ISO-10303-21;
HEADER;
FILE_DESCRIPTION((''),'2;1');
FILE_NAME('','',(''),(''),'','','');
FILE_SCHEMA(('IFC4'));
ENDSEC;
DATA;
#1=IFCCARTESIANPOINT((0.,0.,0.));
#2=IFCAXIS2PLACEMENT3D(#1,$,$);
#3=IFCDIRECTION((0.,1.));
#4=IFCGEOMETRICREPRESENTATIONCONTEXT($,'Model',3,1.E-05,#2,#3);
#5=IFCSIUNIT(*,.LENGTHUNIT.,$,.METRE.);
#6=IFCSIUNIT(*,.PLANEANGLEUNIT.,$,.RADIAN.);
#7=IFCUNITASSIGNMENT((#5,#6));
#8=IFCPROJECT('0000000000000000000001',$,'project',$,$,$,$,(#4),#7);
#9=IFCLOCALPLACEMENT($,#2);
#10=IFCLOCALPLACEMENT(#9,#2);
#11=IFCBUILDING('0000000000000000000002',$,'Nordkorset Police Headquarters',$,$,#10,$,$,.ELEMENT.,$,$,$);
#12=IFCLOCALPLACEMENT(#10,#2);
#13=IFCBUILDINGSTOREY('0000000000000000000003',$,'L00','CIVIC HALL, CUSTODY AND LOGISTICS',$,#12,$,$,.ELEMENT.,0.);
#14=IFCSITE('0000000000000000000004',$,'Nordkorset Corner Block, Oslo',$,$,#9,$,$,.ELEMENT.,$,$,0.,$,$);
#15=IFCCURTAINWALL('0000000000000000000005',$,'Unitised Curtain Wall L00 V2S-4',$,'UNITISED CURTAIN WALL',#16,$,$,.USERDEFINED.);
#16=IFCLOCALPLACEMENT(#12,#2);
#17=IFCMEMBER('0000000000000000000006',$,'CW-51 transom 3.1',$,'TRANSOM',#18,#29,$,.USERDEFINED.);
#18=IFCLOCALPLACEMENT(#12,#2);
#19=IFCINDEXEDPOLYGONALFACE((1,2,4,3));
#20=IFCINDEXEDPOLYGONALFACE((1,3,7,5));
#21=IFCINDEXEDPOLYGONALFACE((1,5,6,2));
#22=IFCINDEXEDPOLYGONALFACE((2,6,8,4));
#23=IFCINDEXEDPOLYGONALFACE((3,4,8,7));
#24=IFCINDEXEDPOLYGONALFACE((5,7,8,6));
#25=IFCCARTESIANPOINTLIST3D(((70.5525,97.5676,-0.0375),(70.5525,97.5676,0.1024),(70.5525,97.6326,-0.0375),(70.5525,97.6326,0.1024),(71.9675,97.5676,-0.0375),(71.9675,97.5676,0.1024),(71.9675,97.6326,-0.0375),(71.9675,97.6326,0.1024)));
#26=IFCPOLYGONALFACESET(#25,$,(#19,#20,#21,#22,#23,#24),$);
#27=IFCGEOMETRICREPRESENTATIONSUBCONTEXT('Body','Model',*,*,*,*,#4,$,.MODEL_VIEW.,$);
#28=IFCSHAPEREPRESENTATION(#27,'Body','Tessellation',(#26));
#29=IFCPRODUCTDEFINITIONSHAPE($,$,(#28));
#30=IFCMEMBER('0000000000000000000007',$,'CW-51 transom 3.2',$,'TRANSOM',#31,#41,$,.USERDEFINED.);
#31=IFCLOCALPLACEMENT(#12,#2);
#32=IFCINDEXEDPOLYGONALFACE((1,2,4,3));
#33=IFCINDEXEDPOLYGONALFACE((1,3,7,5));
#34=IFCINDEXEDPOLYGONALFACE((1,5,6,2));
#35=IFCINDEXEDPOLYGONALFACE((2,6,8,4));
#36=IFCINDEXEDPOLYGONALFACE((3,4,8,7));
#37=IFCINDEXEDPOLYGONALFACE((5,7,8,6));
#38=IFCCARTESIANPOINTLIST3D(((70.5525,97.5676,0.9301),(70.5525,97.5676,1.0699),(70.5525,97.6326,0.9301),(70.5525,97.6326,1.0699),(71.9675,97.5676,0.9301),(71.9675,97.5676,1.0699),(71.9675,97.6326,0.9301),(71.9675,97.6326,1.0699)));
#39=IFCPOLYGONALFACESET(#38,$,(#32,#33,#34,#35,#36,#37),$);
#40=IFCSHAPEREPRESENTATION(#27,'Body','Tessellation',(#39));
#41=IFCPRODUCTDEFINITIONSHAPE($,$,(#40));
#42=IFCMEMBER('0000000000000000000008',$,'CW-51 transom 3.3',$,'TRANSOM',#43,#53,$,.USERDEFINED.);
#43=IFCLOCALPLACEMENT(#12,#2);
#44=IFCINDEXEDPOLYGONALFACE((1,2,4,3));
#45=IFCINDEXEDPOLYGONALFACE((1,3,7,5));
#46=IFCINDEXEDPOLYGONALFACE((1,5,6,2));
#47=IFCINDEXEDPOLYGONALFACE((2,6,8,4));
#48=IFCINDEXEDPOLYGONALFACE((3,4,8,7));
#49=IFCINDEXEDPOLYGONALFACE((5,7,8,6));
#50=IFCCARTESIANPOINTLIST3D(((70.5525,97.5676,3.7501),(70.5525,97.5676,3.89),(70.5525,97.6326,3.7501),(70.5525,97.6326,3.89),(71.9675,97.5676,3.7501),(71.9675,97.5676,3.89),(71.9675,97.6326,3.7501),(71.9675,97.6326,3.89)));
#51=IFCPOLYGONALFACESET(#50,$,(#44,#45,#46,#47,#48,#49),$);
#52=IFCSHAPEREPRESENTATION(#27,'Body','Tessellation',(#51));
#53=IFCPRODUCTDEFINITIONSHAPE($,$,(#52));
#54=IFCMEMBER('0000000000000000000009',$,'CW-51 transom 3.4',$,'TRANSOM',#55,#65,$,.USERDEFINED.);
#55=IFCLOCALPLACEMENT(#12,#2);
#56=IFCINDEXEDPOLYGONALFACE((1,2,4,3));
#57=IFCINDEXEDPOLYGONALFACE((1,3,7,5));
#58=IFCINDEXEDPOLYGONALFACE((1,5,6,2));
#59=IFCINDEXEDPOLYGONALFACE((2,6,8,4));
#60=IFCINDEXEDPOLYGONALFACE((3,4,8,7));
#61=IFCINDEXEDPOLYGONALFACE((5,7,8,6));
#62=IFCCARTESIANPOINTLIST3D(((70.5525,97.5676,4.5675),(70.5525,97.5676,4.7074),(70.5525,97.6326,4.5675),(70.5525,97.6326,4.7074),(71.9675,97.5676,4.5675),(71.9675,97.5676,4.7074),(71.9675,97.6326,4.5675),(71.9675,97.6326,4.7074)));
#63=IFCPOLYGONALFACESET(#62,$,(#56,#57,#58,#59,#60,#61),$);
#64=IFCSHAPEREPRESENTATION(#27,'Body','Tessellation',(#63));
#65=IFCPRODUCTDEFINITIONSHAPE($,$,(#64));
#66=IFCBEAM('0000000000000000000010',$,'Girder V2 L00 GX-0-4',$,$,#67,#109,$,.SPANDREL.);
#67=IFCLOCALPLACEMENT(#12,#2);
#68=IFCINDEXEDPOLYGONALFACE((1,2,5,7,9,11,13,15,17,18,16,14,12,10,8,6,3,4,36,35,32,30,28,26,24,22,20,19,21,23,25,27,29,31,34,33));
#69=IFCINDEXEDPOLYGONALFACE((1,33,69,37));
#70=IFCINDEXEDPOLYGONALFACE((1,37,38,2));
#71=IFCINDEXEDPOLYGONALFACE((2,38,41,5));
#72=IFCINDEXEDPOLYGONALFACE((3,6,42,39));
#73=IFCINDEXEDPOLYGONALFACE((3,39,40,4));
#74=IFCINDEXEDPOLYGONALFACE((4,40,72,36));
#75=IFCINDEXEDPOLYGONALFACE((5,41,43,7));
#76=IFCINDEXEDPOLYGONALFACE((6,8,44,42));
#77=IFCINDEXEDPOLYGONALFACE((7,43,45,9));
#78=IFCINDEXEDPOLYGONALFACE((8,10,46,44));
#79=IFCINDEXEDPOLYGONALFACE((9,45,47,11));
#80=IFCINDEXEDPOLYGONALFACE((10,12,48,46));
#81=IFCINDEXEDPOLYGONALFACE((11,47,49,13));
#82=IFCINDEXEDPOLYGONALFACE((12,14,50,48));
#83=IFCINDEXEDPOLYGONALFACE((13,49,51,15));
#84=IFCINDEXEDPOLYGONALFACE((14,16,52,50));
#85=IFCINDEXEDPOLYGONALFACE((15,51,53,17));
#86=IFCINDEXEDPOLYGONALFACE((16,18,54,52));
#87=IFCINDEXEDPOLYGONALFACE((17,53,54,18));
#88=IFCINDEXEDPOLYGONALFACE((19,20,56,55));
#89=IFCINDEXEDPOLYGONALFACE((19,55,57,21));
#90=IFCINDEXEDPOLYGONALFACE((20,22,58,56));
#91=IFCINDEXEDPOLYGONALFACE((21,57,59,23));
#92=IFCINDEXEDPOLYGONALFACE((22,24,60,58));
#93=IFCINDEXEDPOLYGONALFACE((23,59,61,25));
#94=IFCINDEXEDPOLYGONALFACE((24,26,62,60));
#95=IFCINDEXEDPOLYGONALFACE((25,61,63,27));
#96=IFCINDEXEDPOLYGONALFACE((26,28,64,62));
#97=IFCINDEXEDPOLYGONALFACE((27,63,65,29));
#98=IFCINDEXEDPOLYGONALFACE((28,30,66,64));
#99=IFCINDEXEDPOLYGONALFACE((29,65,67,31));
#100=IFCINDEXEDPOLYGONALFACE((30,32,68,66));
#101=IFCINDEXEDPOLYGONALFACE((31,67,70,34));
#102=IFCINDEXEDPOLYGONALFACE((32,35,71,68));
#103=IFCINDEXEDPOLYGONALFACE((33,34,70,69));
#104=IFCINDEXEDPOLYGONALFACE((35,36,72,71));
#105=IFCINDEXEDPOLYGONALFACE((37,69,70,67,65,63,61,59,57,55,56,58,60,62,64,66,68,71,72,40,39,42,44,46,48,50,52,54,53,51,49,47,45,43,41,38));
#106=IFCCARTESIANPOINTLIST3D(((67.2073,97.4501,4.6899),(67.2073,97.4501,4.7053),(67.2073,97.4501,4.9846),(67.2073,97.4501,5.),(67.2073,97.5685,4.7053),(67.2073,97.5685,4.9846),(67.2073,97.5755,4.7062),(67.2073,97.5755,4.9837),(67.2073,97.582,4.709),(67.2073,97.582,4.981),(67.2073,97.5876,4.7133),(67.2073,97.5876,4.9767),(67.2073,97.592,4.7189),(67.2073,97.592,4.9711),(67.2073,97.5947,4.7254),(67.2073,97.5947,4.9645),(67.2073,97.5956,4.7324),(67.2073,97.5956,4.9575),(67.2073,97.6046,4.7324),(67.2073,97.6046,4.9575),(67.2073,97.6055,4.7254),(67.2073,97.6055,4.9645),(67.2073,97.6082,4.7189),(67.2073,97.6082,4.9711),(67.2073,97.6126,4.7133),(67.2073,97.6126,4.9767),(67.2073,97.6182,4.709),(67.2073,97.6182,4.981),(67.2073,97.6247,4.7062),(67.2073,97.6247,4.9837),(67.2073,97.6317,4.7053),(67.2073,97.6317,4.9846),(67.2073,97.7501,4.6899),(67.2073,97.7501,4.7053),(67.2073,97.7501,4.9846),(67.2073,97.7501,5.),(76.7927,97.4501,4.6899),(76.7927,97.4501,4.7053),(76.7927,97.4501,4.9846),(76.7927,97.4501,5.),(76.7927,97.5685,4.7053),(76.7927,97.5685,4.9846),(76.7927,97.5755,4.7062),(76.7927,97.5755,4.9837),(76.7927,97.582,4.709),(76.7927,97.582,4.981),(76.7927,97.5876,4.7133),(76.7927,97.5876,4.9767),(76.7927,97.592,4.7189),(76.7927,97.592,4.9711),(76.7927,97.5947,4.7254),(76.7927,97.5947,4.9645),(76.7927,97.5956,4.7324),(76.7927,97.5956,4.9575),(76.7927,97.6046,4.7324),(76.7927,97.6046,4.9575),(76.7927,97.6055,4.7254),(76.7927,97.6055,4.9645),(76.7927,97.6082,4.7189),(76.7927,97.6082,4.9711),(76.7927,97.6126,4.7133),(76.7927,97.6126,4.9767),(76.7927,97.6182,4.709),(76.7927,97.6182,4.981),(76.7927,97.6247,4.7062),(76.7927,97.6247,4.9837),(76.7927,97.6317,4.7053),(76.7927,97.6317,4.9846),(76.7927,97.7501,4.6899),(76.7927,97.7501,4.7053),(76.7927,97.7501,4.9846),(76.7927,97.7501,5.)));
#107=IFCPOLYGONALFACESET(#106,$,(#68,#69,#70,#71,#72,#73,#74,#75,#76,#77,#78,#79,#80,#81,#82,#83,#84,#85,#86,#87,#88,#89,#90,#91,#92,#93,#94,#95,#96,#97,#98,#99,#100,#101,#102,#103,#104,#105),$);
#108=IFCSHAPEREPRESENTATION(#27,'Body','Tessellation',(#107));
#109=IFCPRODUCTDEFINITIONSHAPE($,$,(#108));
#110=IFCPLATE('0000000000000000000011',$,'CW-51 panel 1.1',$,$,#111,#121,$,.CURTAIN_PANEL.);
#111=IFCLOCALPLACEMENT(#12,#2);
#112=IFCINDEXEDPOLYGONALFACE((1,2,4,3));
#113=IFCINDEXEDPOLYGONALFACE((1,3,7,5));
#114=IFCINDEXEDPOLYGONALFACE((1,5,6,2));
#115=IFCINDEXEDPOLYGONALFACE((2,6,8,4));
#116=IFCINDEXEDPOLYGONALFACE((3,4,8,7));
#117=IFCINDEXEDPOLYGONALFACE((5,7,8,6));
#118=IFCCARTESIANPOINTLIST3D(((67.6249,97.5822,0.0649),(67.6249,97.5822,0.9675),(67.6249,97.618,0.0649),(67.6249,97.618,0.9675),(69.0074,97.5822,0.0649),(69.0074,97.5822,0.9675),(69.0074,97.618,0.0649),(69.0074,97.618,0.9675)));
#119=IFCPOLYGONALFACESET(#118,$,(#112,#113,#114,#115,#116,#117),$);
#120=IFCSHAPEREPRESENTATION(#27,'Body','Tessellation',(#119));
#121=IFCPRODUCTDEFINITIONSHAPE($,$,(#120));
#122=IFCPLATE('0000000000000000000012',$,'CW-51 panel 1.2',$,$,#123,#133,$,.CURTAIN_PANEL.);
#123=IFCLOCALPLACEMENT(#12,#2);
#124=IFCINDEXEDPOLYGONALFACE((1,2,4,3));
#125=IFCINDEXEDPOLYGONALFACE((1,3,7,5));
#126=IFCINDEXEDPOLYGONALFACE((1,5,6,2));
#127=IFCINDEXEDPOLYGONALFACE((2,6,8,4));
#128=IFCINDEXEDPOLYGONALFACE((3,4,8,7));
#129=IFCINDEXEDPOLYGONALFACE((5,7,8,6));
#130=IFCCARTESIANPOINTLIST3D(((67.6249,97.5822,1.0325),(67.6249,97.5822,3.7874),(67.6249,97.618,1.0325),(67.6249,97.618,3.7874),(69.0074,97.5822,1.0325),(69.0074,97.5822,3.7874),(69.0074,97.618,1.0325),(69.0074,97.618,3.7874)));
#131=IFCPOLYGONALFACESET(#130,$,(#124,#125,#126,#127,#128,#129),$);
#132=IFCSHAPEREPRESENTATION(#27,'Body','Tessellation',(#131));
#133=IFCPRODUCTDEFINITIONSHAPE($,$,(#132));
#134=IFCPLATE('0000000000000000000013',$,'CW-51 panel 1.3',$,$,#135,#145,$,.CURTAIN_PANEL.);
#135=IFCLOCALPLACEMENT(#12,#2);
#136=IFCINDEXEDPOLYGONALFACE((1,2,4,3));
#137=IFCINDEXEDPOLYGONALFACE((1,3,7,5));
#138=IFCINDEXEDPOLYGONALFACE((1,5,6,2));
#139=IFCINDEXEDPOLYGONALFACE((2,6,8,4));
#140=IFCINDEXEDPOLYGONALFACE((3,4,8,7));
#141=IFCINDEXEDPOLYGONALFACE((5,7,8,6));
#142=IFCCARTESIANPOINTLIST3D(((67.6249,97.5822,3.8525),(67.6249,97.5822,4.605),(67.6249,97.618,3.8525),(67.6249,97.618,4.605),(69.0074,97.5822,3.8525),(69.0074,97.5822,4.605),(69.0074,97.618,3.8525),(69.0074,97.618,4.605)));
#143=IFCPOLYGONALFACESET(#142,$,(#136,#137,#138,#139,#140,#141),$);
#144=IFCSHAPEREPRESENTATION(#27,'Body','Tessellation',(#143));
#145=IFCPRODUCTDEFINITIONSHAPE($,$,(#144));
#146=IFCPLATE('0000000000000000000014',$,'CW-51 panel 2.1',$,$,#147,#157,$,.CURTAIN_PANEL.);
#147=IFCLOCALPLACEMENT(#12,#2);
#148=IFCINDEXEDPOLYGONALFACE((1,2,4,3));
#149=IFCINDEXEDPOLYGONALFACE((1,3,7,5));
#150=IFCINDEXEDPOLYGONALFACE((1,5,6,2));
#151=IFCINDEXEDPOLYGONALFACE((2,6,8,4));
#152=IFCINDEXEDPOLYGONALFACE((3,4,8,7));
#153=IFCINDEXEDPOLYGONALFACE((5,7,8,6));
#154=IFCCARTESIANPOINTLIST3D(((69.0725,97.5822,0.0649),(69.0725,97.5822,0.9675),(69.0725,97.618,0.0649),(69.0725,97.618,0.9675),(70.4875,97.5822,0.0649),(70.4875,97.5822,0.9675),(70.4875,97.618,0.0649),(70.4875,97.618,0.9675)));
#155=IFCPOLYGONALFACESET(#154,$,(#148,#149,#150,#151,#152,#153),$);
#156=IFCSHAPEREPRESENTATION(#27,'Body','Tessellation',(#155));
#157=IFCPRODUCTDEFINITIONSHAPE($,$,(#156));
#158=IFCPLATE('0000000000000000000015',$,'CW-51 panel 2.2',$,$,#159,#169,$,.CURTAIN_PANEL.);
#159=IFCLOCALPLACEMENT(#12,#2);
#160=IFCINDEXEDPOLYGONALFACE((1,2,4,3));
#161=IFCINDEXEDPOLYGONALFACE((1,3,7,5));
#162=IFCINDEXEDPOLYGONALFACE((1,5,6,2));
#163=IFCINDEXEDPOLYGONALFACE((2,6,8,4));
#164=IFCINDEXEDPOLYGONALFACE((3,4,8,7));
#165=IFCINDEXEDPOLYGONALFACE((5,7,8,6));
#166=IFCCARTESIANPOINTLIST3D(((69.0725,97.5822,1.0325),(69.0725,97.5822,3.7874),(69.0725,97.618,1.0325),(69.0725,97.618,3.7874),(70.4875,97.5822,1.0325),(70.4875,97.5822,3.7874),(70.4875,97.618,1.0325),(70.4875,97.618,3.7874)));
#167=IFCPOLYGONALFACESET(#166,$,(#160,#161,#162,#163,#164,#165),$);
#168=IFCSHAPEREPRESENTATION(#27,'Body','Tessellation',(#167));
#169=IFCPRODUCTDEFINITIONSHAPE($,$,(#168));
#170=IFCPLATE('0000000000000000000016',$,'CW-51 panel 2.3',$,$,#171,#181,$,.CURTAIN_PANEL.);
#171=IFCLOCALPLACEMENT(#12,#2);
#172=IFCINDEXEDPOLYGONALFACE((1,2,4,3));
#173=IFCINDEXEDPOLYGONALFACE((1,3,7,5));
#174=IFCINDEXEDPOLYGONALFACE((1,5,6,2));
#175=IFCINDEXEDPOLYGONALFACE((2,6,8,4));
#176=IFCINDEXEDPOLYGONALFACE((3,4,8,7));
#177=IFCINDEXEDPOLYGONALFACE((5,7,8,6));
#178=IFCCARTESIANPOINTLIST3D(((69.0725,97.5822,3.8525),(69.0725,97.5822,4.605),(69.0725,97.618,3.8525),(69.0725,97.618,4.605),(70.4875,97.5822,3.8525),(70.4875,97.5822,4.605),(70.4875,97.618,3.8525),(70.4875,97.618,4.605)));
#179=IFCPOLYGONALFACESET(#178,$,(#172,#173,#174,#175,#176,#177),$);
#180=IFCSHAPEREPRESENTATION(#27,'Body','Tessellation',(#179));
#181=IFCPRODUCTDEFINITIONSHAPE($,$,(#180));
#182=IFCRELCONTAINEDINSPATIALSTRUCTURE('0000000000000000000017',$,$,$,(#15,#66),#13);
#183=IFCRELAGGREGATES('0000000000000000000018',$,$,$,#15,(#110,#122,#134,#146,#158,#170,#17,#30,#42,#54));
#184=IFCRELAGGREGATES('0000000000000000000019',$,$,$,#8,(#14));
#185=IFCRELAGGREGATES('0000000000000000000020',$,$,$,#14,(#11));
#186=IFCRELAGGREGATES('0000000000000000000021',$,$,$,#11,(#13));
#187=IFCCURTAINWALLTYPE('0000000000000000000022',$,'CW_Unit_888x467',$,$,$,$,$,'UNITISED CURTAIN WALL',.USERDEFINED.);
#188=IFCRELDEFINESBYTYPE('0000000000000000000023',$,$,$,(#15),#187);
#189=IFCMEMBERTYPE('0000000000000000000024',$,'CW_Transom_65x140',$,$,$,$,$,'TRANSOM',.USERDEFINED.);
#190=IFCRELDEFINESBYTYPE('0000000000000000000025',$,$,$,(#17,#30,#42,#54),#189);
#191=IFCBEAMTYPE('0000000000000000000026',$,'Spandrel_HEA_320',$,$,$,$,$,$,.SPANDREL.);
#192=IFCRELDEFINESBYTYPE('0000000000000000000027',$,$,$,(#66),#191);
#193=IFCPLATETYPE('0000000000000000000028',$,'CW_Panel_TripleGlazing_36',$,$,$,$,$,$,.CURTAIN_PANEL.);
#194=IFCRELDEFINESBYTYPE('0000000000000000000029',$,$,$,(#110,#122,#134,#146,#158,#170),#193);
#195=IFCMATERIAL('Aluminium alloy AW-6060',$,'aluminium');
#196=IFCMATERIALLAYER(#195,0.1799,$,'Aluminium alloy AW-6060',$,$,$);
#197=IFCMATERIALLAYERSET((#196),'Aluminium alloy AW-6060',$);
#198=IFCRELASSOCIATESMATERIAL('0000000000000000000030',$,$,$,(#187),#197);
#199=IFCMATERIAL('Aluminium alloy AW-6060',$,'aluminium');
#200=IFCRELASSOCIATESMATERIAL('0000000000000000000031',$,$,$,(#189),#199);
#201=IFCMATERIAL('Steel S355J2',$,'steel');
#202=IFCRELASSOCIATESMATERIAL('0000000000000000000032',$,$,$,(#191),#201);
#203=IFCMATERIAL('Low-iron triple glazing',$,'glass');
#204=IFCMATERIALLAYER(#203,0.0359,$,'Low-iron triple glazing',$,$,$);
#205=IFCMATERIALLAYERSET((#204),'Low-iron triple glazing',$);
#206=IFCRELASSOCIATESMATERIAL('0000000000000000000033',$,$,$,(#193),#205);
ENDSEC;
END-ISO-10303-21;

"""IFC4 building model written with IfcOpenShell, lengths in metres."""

from ifc_helpers import new_model, si_unit, direction, frame, origin, origin_2d, place, context, subcontext, project, spatial, rectangle, i_section, extrude, material, layer, layer_set, material_profile, profile_set, type_object, element, aggregate, save


model = new_model("IFC4")

# Units and contexts
model_context = context("Model", 3, precision=1e-05, world=origin(), true_north=direction((0.0, 1.0)))
body_context = subcontext(model_context, "Body", "Model", "MODEL_VIEW")
ifc_project = project(units=[si_unit("LENGTHUNIT", "METRE"), si_unit("PLANEANGLEUNIT", "RADIAN")], contexts=[model_context])

# Site, building, storey
site_placement = place(None, origin())
site = spatial("IfcSite", under=ifc_project, at=site_placement, Name="Nordkorset Corner Block, Oslo", CompositionType="ELEMENT", RefElevation=0.0)
building_placement = place(site_placement, origin())
building = spatial("IfcBuilding", under=site, at=building_placement, Name="Nordkorset Police Headquarters", CompositionType="ELEMENT")
storey_placement = place(building_placement, origin())
storey = spatial("IfcBuildingStorey", under=building, at=storey_placement, Name="L00", Description="CIVIC HALL, CUSTODY AND LOGISTICS", CompositionType="ELEMENT", Elevation=0.0)

# Curtain wall, members
ifc_material_1 = material(Name="Aluminium alloy AW-6060", Category="aluminium")
ifc_layer_1 = layer(ifc_material_1, 0.1799, Name="Aluminium alloy AW-6060")
ifc_layer_set_1 = layer_set([ifc_layer_1], Name="Aluminium alloy AW-6060")
curtain_wall_type = type_object("IfcCurtainWallType", Name="CW_Unit_888x467", ElementType="UNITISED CURTAIN WALL", PredefinedType="USERDEFINED", material=ifc_layer_set_1)
curtain_wall_placement = place(storey_placement, origin())
curtain_wall = element("IfcCurtainWall", 1, at=curtain_wall_placement, inside=storey, type_object=curtain_wall_type, Name="Unitised Curtain Wall L00 V2S-4", ObjectType="UNITISED CURTAIN WALL", PredefinedType="USERDEFINED")
ifc_material_2 = material(Name="Aluminium alloy AW-6060", Category="aluminium")
ifc_material_profile_1 = material_profile(ifc_material_2, rectangle(XDim=0.0649, YDim=0.1399, at=origin_2d()), Name="ALU TRAN 65x140")
ifc_profile_set_1 = profile_set([ifc_material_profile_1], Name="Aluminium alloy AW-6060")
member_type_1 = type_object("IfcMemberType", Name="CW_Transom_65x140", ElementType="TRANSOM", PredefinedType="USERDEFINED", material=ifc_profile_set_1)
member_1_placement = place(storey_placement, frame((70.5525, 97.6001, 0.0325), z_axis=(1.0, 0.0, 0.0), x_axis=(0.0, 1.0, 0.0)))
member_1 = element("IfcMember", 2, at=member_1_placement, type_object=member_type_1, Name="CW-51 transom 3.1", ObjectType="TRANSOM", PredefinedType="USERDEFINED", context=body_context, shape_type="SweptSolid", body=[
    extrude(rectangle(XDim=0.0649, YDim=0.1399, at=origin_2d()), origin(), (0.0, 0.0, 1.0), 1.415),
])
member_2_placement = place(storey_placement, frame((70.5525, 97.6001, 1.0), z_axis=(1.0, 0.0, 0.0), x_axis=(0.0, 1.0, 0.0)))
member_2 = element("IfcMember", 3, at=member_2_placement, type_object=member_type_1, Name="CW-51 transom 3.2", ObjectType="TRANSOM", PredefinedType="USERDEFINED", context=body_context, shape_type="SweptSolid", body=[
    extrude(rectangle(XDim=0.0649, YDim=0.1399, at=origin_2d()), origin(), (0.0, 0.0, 1.0), 1.415),
])
member_3_placement = place(storey_placement, frame((70.5525, 97.6001, 3.8201), z_axis=(1.0, 0.0, 0.0), x_axis=(0.0, 1.0, 0.0)))
member_3 = element("IfcMember", 4, at=member_3_placement, type_object=member_type_1, Name="CW-51 transom 3.3", ObjectType="TRANSOM", PredefinedType="USERDEFINED", context=body_context, shape_type="SweptSolid", body=[
    extrude(rectangle(XDim=0.0649, YDim=0.1399, at=origin_2d()), origin(), (0.0, 0.0, 1.0), 1.415),
])
member_4_placement = place(storey_placement, frame((70.5525, 97.6001, 4.6375), z_axis=(1.0, 0.0, 0.0), x_axis=(0.0, 1.0, 0.0)))
member_4 = element("IfcMember", 5, at=member_4_placement, type_object=member_type_1, Name="CW-51 transom 3.4", ObjectType="TRANSOM", PredefinedType="USERDEFINED", context=body_context, shape_type="SweptSolid", body=[
    extrude(rectangle(XDim=0.0649, YDim=0.1399, at=origin_2d()), origin(), (0.0, 0.0, 1.0), 1.415),
])

# Beam
ifc_material_3 = material(Name="Steel S355J2", Category="steel")
ifc_material_profile_2 = material_profile(ifc_material_3, i_section(OverallWidth=0.3, OverallDepth=0.3101, WebThickness=0.009, FlangeThickness=0.0154, FilletRadius=0.0271, at=origin_2d()), Name="HEA 320")
ifc_profile_set_2 = profile_set([ifc_material_profile_2], Name="Steel S355J2")
beam_type = type_object("IfcBeamType", Name="Spandrel_HEA_320", PredefinedType="SPANDREL", material=ifc_profile_set_2)
beam_placement = place(storey_placement, frame((67.2073, 97.6001, 4.845), z_axis=(1.0, 0.0, 0.0), x_axis=(0.0, 1.0, 0.0)))
element("IfcBeam", 6, at=beam_placement, inside=storey, type_object=beam_type, Name="Girder V2 L00 GX-0-4", PredefinedType="SPANDREL", context=body_context, shape_type="SweptSolid", body=[
    extrude(i_section(OverallWidth=0.3, OverallDepth=0.3101, WebThickness=0.009, FlangeThickness=0.0154, FilletRadius=0.0271, at=origin_2d()), origin(), (0.0, 0.0, 1.0), 9.5854),
])

# Plates
ifc_material_4 = material(Name="Low-iron triple glazing", Category="glass")
ifc_layer_2 = layer(ifc_material_4, 0.0359, Name="Low-iron triple glazing")
ifc_layer_set_2 = layer_set([ifc_layer_2], Name="Low-iron triple glazing")
plate_type = type_object("IfcPlateType", Name="CW_Panel_TripleGlazing_36", PredefinedType="CURTAIN_PANEL", material=ifc_layer_set_2)
plate_1_placement = place(storey_placement, frame((68.3162, 97.6001, 0.0649), z_axis=(0.0, 0.0, 1.0), x_axis=(1.0, 0.0, 0.0)))
plate_1 = element("IfcPlate", 7, at=plate_1_placement, type_object=plate_type, Name="CW-51 panel 1.1", PredefinedType="CURTAIN_PANEL", context=body_context, shape_type="SweptSolid", body=[
    extrude(rectangle(XDim=1.3826, YDim=0.0359, at=origin_2d()), origin(), (0.0, 0.0, 1.0), 0.9026),
])
plate_2_placement = place(storey_placement, frame((68.3162, 97.6001, 1.0325), z_axis=(0.0, 0.0, 1.0), x_axis=(1.0, 0.0, 0.0)))
plate_2 = element("IfcPlate", 8, at=plate_2_placement, type_object=plate_type, Name="CW-51 panel 1.2", PredefinedType="CURTAIN_PANEL", context=body_context, shape_type="SweptSolid", body=[
    extrude(rectangle(XDim=1.3826, YDim=0.0359, at=origin_2d()), origin(), (0.0, 0.0, 1.0), 2.7549),
])
plate_3_placement = place(storey_placement, frame((68.3162, 97.6001, 3.8525), z_axis=(0.0, 0.0, 1.0), x_axis=(1.0, 0.0, 0.0)))
plate_3 = element("IfcPlate", 9, at=plate_3_placement, type_object=plate_type, Name="CW-51 panel 1.3", PredefinedType="CURTAIN_PANEL", context=body_context, shape_type="SweptSolid", body=[
    extrude(rectangle(XDim=1.3826, YDim=0.0359, at=origin_2d()), origin(), (0.0, 0.0, 1.0), 0.7524),
])
plate_4_placement = place(storey_placement, frame((69.78, 97.6001, 0.0649), z_axis=(0.0, 0.0, 1.0), x_axis=(1.0, 0.0, 0.0)))
plate_4 = element("IfcPlate", 10, at=plate_4_placement, type_object=plate_type, Name="CW-51 panel 2.1", PredefinedType="CURTAIN_PANEL", context=body_context, shape_type="SweptSolid", body=[
    extrude(rectangle(XDim=1.415, YDim=0.0359, at=origin_2d()), origin(), (0.0, 0.0, 1.0), 0.9026),
])
plate_5_placement = place(storey_placement, frame((69.78, 97.6001, 1.0325), z_axis=(0.0, 0.0, 1.0), x_axis=(1.0, 0.0, 0.0)))
plate_5 = element("IfcPlate", 11, at=plate_5_placement, type_object=plate_type, Name="CW-51 panel 2.2", PredefinedType="CURTAIN_PANEL", context=body_context, shape_type="SweptSolid", body=[
    extrude(rectangle(XDim=1.415, YDim=0.0359, at=origin_2d()), origin(), (0.0, 0.0, 1.0), 2.7549),
])
plate_6_placement = place(storey_placement, frame((69.78, 97.6001, 3.8525), z_axis=(0.0, 0.0, 1.0), x_axis=(1.0, 0.0, 0.0)))
plate_6 = element("IfcPlate", 12, at=plate_6_placement, type_object=plate_type, Name="CW-51 panel 2.3", PredefinedType="CURTAIN_PANEL", context=body_context, shape_type="SweptSolid", body=[
    extrude(rectangle(XDim=1.415, YDim=0.0359, at=origin_2d()), origin(), (0.0, 0.0, 1.0), 0.7524),
])
aggregate(curtain_wall, [plate_1, plate_2, plate_3, plate_4, plate_5, plate_6, member_1, member_2, member_3, member_4])

save(model, "model.ifc")
